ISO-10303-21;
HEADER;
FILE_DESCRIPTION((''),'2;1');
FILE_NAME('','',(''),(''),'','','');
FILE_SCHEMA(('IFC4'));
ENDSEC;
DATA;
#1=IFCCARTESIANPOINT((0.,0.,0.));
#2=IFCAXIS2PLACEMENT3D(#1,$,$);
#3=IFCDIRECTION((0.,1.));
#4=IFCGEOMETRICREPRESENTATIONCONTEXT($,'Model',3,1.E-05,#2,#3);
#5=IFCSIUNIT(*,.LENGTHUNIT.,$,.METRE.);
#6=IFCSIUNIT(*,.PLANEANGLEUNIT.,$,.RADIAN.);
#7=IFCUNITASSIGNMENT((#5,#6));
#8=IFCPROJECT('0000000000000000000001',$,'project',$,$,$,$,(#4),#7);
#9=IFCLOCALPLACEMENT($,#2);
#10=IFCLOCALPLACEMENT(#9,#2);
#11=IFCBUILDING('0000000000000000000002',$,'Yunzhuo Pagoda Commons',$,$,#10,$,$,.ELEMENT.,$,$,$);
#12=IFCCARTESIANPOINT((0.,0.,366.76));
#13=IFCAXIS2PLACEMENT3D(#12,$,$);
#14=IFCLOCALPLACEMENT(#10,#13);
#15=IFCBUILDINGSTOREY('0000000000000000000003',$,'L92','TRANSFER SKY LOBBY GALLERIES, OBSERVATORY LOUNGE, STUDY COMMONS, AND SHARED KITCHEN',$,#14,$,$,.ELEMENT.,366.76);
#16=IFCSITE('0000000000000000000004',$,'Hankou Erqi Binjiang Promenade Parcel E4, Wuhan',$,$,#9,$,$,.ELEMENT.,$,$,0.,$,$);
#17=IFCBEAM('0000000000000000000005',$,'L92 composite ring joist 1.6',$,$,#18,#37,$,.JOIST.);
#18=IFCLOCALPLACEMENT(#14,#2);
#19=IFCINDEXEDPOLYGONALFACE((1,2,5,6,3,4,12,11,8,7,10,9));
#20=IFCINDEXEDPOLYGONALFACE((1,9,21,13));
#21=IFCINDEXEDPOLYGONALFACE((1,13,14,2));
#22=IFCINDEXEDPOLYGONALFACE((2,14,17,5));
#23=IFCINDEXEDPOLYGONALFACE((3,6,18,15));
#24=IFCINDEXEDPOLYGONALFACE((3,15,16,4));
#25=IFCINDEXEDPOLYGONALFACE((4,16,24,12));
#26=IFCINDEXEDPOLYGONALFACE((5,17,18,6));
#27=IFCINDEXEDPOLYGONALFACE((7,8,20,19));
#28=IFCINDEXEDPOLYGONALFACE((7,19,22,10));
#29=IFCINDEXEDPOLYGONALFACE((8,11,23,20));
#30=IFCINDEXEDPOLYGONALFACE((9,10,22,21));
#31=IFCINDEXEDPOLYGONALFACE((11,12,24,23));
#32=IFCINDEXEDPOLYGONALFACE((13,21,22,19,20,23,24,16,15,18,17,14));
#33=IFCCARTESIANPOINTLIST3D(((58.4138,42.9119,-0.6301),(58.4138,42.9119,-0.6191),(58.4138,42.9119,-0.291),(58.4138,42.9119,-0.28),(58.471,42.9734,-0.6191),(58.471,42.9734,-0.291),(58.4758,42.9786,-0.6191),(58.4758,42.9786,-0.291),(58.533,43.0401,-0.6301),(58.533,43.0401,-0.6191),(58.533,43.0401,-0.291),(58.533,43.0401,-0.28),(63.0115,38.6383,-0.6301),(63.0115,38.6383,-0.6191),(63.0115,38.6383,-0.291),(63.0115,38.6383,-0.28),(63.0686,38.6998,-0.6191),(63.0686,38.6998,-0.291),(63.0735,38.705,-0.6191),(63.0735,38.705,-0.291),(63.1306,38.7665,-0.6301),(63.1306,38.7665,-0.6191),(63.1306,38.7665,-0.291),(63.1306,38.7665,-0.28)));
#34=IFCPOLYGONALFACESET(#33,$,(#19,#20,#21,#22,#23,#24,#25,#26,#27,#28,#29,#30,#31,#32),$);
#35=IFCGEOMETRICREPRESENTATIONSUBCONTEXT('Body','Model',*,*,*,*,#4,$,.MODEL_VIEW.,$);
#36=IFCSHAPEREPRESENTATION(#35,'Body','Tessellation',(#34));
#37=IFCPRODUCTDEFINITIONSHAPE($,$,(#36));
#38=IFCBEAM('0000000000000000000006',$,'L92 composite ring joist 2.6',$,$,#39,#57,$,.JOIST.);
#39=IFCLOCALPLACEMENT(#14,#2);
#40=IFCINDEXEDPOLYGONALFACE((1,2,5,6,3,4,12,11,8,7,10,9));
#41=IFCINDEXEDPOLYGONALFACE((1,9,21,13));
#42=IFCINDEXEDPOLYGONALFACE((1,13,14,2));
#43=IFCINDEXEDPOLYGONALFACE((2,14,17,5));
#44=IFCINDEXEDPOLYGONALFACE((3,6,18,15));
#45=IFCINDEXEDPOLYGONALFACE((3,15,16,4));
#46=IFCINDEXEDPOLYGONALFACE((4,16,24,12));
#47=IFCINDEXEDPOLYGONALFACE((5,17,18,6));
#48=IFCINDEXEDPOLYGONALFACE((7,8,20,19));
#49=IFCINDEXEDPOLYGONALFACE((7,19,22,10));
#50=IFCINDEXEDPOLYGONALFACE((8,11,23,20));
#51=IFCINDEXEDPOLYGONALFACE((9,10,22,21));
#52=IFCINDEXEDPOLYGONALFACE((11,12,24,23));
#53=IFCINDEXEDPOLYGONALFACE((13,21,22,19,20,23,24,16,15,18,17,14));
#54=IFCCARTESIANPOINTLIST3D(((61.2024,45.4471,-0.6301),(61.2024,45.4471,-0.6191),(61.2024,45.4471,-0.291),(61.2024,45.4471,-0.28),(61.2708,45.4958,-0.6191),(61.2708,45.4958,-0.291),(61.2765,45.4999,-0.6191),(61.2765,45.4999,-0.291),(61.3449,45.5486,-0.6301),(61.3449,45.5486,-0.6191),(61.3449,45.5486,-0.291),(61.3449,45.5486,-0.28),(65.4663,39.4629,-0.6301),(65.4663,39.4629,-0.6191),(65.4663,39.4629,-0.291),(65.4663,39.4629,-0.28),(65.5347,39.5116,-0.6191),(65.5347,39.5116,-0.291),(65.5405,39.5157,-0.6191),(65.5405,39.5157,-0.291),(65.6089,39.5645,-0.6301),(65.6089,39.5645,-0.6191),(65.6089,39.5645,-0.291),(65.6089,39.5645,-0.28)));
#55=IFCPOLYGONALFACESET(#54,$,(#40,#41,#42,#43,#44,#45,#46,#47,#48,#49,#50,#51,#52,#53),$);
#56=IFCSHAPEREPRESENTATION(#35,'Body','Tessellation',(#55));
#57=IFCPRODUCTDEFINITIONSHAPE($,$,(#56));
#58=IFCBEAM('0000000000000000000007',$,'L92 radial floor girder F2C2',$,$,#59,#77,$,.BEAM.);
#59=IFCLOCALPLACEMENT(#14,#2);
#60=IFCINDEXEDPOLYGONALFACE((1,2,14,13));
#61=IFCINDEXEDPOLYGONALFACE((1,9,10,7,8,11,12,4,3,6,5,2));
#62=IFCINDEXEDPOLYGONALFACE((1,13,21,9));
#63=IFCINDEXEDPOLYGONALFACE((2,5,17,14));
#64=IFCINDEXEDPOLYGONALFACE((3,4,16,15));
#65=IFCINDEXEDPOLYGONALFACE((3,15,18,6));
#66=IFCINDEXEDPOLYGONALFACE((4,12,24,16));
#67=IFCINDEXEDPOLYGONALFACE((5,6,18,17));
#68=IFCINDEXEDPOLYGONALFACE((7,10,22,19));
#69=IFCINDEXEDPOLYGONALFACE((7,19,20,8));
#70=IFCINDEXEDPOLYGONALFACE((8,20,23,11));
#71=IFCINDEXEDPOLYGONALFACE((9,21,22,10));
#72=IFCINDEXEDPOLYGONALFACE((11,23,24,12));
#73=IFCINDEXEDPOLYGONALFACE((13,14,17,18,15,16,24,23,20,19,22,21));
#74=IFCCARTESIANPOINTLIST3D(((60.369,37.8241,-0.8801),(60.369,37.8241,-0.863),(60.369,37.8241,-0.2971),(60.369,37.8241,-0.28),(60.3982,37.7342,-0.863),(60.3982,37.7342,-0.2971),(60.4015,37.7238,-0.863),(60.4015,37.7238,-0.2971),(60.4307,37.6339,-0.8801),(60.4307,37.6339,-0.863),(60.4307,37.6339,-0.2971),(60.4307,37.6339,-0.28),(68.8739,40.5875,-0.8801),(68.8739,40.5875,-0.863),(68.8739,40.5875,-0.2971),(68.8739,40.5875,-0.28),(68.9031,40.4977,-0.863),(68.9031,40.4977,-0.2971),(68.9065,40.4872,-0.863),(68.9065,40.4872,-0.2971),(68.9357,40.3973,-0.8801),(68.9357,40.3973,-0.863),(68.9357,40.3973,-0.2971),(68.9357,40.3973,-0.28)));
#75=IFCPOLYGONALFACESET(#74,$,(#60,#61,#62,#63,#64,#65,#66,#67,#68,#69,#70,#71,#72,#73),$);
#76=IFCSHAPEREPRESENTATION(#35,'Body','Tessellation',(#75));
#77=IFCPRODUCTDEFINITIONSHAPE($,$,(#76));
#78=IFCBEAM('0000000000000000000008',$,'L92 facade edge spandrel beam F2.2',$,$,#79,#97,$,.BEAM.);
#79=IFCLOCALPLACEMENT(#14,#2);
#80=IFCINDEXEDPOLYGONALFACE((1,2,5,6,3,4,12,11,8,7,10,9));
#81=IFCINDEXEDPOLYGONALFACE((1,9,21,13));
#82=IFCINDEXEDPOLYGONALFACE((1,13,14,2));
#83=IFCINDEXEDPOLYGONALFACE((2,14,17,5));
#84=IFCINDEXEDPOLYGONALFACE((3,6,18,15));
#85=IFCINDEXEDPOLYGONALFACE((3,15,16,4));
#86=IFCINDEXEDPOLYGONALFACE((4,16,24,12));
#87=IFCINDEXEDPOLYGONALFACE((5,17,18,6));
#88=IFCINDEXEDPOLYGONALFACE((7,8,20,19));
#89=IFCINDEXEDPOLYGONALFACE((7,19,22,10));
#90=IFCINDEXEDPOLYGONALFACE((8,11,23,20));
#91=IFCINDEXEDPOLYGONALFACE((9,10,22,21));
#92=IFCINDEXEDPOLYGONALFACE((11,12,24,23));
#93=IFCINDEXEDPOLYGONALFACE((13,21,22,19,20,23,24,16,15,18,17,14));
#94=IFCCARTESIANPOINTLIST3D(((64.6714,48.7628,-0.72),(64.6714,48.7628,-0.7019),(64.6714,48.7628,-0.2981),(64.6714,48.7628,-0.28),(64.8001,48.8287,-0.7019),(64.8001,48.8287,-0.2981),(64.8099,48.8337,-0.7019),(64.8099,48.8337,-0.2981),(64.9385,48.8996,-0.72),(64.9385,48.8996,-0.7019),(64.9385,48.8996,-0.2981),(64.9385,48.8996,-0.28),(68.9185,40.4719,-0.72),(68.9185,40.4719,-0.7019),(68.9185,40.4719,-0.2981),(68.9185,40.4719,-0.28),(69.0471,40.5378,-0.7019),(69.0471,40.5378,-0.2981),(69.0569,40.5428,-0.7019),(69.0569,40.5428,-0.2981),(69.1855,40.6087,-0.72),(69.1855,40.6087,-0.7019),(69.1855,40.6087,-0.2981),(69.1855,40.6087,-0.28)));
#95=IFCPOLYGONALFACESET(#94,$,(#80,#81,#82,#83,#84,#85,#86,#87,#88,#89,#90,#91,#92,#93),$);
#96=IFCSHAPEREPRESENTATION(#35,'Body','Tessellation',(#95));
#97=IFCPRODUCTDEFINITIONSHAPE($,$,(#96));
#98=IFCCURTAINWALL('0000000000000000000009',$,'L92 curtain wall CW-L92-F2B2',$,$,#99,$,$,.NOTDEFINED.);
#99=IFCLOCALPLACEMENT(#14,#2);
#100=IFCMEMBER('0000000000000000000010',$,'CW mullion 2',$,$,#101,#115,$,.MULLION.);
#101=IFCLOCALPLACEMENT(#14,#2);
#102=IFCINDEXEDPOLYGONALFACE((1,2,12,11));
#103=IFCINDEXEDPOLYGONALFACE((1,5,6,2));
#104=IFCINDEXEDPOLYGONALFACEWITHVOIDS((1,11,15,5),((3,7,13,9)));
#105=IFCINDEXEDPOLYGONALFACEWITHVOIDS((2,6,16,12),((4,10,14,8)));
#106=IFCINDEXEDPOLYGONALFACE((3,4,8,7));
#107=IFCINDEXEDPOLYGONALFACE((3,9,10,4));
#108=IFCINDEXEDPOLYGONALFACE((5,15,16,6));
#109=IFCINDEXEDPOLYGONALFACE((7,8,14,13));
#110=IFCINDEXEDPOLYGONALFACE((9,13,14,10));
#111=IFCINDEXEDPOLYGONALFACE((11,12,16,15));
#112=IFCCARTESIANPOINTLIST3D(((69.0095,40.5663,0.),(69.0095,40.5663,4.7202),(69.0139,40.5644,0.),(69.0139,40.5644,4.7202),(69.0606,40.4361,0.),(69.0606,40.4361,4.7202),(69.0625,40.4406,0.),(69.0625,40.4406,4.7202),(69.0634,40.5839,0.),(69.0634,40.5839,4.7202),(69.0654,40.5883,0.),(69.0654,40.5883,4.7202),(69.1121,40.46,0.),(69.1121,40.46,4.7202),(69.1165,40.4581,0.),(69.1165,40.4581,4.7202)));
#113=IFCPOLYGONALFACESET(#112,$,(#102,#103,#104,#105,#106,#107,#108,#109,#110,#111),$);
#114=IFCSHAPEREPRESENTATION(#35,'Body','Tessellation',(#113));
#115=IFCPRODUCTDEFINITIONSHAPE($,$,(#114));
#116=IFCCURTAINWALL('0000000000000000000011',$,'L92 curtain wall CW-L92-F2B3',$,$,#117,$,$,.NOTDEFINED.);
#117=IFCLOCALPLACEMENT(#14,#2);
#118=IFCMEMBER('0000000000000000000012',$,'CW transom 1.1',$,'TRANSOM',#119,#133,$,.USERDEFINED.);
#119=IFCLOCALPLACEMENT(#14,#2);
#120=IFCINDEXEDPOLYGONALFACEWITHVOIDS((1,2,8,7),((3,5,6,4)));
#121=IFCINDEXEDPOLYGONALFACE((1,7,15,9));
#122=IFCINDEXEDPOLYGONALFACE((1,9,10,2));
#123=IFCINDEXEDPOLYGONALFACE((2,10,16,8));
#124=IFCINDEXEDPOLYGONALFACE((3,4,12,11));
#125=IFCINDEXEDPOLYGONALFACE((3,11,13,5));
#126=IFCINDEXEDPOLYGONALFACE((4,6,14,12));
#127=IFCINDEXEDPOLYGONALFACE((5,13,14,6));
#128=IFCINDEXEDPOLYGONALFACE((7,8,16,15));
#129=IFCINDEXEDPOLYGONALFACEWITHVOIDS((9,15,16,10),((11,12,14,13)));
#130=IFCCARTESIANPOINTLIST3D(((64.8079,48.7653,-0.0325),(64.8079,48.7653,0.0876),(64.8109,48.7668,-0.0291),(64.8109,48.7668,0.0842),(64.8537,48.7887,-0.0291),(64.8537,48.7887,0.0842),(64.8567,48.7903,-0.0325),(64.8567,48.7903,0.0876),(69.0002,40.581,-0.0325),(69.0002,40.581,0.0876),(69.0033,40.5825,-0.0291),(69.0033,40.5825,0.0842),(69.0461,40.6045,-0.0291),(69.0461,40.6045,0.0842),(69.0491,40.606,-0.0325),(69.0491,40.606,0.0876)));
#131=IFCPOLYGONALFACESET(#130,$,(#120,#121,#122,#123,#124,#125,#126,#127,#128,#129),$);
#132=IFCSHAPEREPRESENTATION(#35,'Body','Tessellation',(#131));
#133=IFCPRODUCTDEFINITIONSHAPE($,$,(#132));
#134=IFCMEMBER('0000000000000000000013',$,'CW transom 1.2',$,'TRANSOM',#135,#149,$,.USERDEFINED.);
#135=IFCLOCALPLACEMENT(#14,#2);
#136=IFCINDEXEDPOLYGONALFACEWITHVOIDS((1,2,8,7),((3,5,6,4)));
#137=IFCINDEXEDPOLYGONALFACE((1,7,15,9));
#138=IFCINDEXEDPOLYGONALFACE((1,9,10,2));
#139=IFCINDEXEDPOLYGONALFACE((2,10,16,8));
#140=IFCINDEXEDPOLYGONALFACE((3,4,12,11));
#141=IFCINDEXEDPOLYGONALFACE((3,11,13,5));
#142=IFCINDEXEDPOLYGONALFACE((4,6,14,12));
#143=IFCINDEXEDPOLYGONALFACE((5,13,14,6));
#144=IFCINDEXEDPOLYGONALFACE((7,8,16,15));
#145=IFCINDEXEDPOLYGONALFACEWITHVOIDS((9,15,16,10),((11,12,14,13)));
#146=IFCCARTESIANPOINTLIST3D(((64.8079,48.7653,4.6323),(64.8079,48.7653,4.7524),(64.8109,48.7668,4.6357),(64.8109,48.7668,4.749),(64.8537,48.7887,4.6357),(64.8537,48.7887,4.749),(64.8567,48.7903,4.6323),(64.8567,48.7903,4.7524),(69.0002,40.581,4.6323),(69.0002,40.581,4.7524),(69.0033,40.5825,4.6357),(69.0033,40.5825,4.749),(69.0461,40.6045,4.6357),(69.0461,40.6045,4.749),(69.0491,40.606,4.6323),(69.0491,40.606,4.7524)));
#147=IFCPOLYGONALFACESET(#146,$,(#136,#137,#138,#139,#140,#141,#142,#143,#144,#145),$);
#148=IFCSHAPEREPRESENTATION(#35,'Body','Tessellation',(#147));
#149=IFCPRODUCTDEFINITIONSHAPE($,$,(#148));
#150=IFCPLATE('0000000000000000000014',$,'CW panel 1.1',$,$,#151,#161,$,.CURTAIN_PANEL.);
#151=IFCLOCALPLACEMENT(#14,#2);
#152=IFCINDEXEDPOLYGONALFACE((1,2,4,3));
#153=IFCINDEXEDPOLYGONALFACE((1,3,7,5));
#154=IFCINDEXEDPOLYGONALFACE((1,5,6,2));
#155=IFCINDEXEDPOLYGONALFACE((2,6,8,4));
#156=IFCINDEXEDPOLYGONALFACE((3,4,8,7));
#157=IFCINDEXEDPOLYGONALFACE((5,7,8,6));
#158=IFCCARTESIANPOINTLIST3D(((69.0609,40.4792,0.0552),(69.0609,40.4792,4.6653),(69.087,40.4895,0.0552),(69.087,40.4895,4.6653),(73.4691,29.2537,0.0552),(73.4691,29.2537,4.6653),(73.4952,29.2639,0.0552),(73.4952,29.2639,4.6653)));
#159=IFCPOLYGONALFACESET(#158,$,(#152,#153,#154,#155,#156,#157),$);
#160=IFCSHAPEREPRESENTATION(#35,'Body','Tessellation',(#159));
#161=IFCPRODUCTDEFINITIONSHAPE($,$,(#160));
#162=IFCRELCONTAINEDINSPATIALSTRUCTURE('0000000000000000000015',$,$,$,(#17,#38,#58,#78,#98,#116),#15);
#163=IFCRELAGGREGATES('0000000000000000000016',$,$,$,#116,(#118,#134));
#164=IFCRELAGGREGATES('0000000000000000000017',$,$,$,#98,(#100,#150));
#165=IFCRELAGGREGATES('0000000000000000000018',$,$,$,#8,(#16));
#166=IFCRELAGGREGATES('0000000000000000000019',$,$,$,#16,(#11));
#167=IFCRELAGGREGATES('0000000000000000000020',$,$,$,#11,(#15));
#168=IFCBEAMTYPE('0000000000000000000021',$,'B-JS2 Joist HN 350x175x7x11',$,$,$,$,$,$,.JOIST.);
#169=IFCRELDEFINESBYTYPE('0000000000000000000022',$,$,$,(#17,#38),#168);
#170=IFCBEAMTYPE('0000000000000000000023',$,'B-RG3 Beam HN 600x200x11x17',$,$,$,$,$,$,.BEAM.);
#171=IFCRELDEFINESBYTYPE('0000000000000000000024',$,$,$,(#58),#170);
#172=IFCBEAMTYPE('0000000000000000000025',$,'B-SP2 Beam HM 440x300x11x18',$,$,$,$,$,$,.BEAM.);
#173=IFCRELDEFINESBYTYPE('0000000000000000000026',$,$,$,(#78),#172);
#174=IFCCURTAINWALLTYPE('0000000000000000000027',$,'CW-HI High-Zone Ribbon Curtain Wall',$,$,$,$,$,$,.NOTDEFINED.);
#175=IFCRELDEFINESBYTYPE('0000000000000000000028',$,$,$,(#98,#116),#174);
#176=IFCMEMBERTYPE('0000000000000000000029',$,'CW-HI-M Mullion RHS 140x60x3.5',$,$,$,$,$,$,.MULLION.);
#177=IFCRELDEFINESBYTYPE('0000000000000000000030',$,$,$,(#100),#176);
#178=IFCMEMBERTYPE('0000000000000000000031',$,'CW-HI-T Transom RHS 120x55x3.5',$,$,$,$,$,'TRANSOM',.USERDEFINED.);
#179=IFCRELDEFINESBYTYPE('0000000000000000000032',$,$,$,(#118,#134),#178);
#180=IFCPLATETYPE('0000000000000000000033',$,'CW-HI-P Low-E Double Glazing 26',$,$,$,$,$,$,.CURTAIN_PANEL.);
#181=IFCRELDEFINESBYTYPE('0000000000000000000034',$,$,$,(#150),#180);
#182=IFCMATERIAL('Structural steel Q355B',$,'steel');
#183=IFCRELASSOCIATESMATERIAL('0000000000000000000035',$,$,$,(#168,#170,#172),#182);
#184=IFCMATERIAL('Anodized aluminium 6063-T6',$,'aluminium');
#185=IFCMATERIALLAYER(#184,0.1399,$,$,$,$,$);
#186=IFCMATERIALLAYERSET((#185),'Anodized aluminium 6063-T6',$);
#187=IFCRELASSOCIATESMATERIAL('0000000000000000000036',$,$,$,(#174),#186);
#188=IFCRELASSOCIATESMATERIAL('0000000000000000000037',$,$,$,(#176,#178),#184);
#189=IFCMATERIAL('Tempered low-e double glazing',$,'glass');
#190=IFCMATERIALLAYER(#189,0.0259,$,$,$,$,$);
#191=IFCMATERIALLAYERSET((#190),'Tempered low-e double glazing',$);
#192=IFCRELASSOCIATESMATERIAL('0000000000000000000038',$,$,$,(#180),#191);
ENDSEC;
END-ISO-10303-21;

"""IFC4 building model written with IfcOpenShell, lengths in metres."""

from ifc_helpers import new_model, si_unit, direction, frame, origin, origin_2d, place, context, subcontext, project, spatial, rectangle, hollow_rectangle, i_section, extrude, source, transform, mapped, material, layer, layer_set, material_profile, profile_set, type_object, element, aggregate, save


model = new_model("IFC4")

# Units and contexts
model_context = context("Model", 3, precision=1e-05, world=origin(), true_north=direction((0.0, 1.0)))
body_context = subcontext(model_context, "Body", "Model", "MODEL_VIEW")
ifc_project = project(units=[si_unit("LENGTHUNIT", "METRE"), si_unit("PLANEANGLEUNIT", "RADIAN")], contexts=[model_context])

# Site, building, storey
site_placement = place(None, origin())
site = spatial("IfcSite", under=ifc_project, at=site_placement, Name="Hankou Erqi Binjiang Promenade Parcel E4, Wuhan", CompositionType="ELEMENT", RefElevation=0.0)
building_placement = place(site_placement, origin())
building = spatial("IfcBuilding", under=site, at=building_placement, Name="Yunzhuo Pagoda Commons", CompositionType="ELEMENT")
storey_placement = place(building_placement, frame((0.0, 0.0, 366.76)))
storey = spatial("IfcBuildingStorey", under=building, at=storey_placement, Name="L92", Description="TRANSFER SKY LOBBY GALLERIES, OBSERVATORY LOUNGE, STUDY COMMONS, AND SHARED KITCHEN", CompositionType="ELEMENT", Elevation=366.76)

# Shared definitions
ifc_material_1 = material(Name="Structural steel Q355B", Category="steel")

# Beams
ifc_material_profile_1 = material_profile(ifc_material_1, i_section(OverallWidth=0.175, OverallDepth=0.3501, WebThickness=0.0071, FlangeThickness=0.011, at=origin_2d()), Name="Structural steel Q355B")
ifc_profile_set_1 = profile_set([ifc_material_profile_1], Name="Structural steel Q355B")
beam_type_1 = type_object("IfcBeamType", Name="B-JS2 Joist HN 350x175x7x11", PredefinedType="JOIST", material=ifc_profile_set_1)
ifc_material_profile_2 = material_profile(ifc_material_1, i_section(OverallWidth=0.2, OverallDepth=0.6001, WebThickness=0.011, FlangeThickness=0.0171, at=origin_2d()), Name="Structural steel Q355B")
ifc_profile_set_2 = profile_set([ifc_material_profile_2], Name="Structural steel Q355B")
beam_type_2 = type_object("IfcBeamType", Name="B-RG3 Beam HN 600x200x11x17", PredefinedType="BEAM", material=ifc_profile_set_2)
shared_shape_1 = source(origin(), body_context, "Body", "SweptSolid", [
    extrude(i_section(OverallWidth=0.175, OverallDepth=0.3501, WebThickness=0.0071, FlangeThickness=0.011, at=origin_2d()), origin(), (0.0, 0.0, 1.0), 6.2771),
])
beam_1_placement = place(storey_placement, frame((63.071, 38.7024, -0.4551), z_axis=(-0.732442, 0.68083, 0.0), x_axis=(-0.68083, -0.732442, 0.0)))
element("IfcBeam", 1, at=beam_1_placement, inside=storey, type_object=beam_type_1, Name="L92 composite ring joist 1.6", PredefinedType="JOIST", context=body_context, shape_type="MappedRepresentation", body=[
    mapped(shared_shape_1, transform((0.0, 0.0, 0.0), scale=1.0)),
])
shared_shape_2 = source(origin(), body_context, "Body", "SweptSolid", [
    extrude(i_section(OverallWidth=0.175, OverallDepth=0.3501, WebThickness=0.0071, FlangeThickness=0.011, at=origin_2d()), origin(), (0.0, 0.0, 1.0), 7.3479),
])
beam_2_placement = place(storey_placement, frame((65.5376, 39.5137, -0.4551), z_axis=(-0.580295, 0.814406, 0.0), x_axis=(-0.814406, -0.580295, 0.0)))
element("IfcBeam", 2, at=beam_2_placement, inside=storey, type_object=beam_type_1, Name="L92 composite ring joist 2.6", PredefinedType="JOIST", context=body_context, shape_type="MappedRepresentation", body=[
    mapped(shared_shape_2, transform((0.0, 0.0, 0.0), scale=1.0)),
])
shared_shape_3 = source(origin(), body_context, "Body", "SweptSolid", [
    extrude(i_section(OverallWidth=0.2, OverallDepth=0.6001, WebThickness=0.011, FlangeThickness=0.0171, at=origin_2d()), origin(), (0.0, 0.0, 1.0), 8.9426),
])
beam_3_placement = place(storey_placement, frame((68.9048, 40.4924, -0.5801), z_axis=(-0.951056, -0.309019, 0.0), x_axis=(0.309019, -0.951056, 0.0)))
element("IfcBeam", 3, at=beam_3_placement, inside=storey, type_object=beam_type_2, Name="L92 radial floor girder F2C2", PredefinedType="BEAM", context=body_context, shape_type="MappedRepresentation", body=[
    mapped(shared_shape_3, transform((0.0, 0.0, 0.0), scale=1.0)),
])
ifc_material_profile_3 = material_profile(ifc_material_1, i_section(OverallWidth=0.3, OverallDepth=0.4399, WebThickness=0.011, FlangeThickness=0.0181, at=origin_2d()), Name="Structural steel Q355B")
ifc_profile_set_3 = profile_set([ifc_material_profile_3], Name="Structural steel Q355B")
beam_type_3 = type_object("IfcBeamType", Name="B-SP2 Beam HM 440x300x11x18", PredefinedType="BEAM", material=ifc_profile_set_3)
shared_shape_4 = source(origin(), body_context, "Body", "SweptSolid", [
    extrude(i_section(OverallWidth=0.3, OverallDepth=0.4399, WebThickness=0.011, FlangeThickness=0.0181, at=origin_2d()), origin(), (0.0, 0.0, 1.0), 9.3154),
])
beam_4_placement = place(storey_placement, frame((69.052, 40.5403, -0.5), z_axis=(-0.455914, 0.890024, 0.0), x_axis=(-0.890024, -0.455914, 0.0)))
element("IfcBeam", 4, at=beam_4_placement, inside=storey, type_object=beam_type_3, Name="L92 facade edge spandrel beam F2.2", PredefinedType="BEAM", context=body_context, shape_type="MappedRepresentation", body=[
    mapped(shared_shape_4, transform((0.0, 0.0, 0.0), scale=1.0)),
])

# Curtain wall, member
ifc_material_2 = material(Name="Anodized aluminium 6063-T6", Category="aluminium")
ifc_layer_1 = layer(ifc_material_2, 0.1399)
ifc_layer_set_1 = layer_set([ifc_layer_1], Name="Anodized aluminium 6063-T6")
curtain_wall_type = type_object("IfcCurtainWallType", Name="CW-HI High-Zone Ribbon Curtain Wall", PredefinedType="NOTDEFINED", material=ifc_layer_set_1)
curtain_wall_1_placement = place(storey_placement, origin())
curtain_wall_1 = element("IfcCurtainWall", 5, at=curtain_wall_1_placement, inside=storey, type_object=curtain_wall_type, Name="L92 curtain wall CW-L92-F2B2", PredefinedType="NOTDEFINED")
ifc_material_profile_4 = material_profile(ifc_material_2, hollow_rectangle(XDim=0.0601, YDim=0.1399, WallThickness=0.0034, at=origin_2d()), Name="Anodized aluminium 6063-T6")
ifc_profile_set_4 = profile_set([ifc_material_profile_4], Name="Anodized aluminium 6063-T6")
member_type_1 = type_object("IfcMemberType", Name="CW-HI-M Mullion RHS 140x60x3.5", PredefinedType="MULLION", material=ifc_profile_set_4)
shared_shape_5 = source(origin(), body_context, "Body", "SweptSolid", [
    extrude(hollow_rectangle(XDim=0.0601, YDim=0.1399, WallThickness=0.0034, at=origin_2d()), origin(), (0.0, 0.0, 1.0), 4.7202),
])
member_1_placement = place(storey_placement, frame((69.063, 40.5122, 0.0), z_axis=(0.0, 0.0, 1.0), x_axis=(-0.930803, -0.365522, 0.0)))
member_1 = element("IfcMember", 6, at=member_1_placement, type_object=member_type_1, Name="CW mullion 2", PredefinedType="MULLION", context=body_context, shape_type="MappedRepresentation", body=[
    mapped(shared_shape_5, transform((0.0, 0.0, 0.0), scale=1.0)),
])

# Curtain wall, members
curtain_wall_2_placement = place(storey_placement, origin())
curtain_wall_2 = element("IfcCurtainWall", 7, at=curtain_wall_2_placement, inside=storey, type_object=curtain_wall_type, Name="L92 curtain wall CW-L92-F2B3", PredefinedType="NOTDEFINED")
ifc_material_profile_5 = material_profile(ifc_material_2, hollow_rectangle(XDim=0.0549, YDim=0.1201, WallThickness=0.0034, at=origin_2d()), Name="Anodized aluminium 6063-T6")
ifc_profile_set_5 = profile_set([ifc_material_profile_5], Name="Anodized aluminium 6063-T6")
member_type_2 = type_object("IfcMemberType", Name="CW-HI-T Transom RHS 120x55x3.5", ElementType="TRANSOM", PredefinedType="USERDEFINED", material=ifc_profile_set_5)
shared_shape_6 = source(origin(), body_context, "Body", "SweptSolid", [
    extrude(hollow_rectangle(XDim=0.0549, YDim=0.1201, WallThickness=0.0034, at=origin_2d()), origin(), (0.0, 0.0, 1.0), 9.1956),
])
member_2_placement = place(storey_placement, frame((69.0247, 40.5935, 0.0276), z_axis=(-0.455911, 0.890025, 0.0), x_axis=(-0.890025, -0.455911, 0.0)))
member_2 = element("IfcMember", 8, at=member_2_placement, type_object=member_type_2, Name="CW transom 1.1", ObjectType="TRANSOM", PredefinedType="USERDEFINED", context=body_context, shape_type="MappedRepresentation", body=[
    mapped(shared_shape_6, transform((0.0, 0.0, 0.0), scale=1.0)),
])
member_3_placement = place(storey_placement, frame((69.0247, 40.5935, 4.6924), z_axis=(-0.455911, 0.890025, 0.0), x_axis=(-0.890025, -0.455911, 0.0)))
member_3 = element("IfcMember", 9, at=member_3_placement, type_object=member_type_2, Name="CW transom 1.2", ObjectType="TRANSOM", PredefinedType="USERDEFINED", context=body_context, shape_type="MappedRepresentation", body=[
    mapped(shared_shape_6, transform((0.0, 0.0, 0.0), scale=1.0)),
])
aggregate(curtain_wall_2, [member_2, member_3])

# Plate
ifc_material_3 = material(Name="Tempered low-e double glazing", Category="glass")
ifc_layer_2 = layer(ifc_material_3, 0.0259)
ifc_layer_set_2 = layer_set([ifc_layer_2], Name="Tempered low-e double glazing")
plate_type = type_object("IfcPlateType", Name="CW-HI-P Low-E Double Glazing 26", PredefinedType="CURTAIN_PANEL", material=ifc_layer_set_2)
shared_shape_7 = source(origin(), body_context, "Body", "SweptSolid", [
    extrude(rectangle(XDim=12.0601, YDim=0.0281, at=origin_2d()), origin(), (0.0, 0.0, 1.0), 4.6101),
])
plate_placement = place(storey_placement, frame((71.2781, 34.8716, 0.0552), z_axis=(0.0, 0.0, 1.0), x_axis=(-0.365522, 0.930803, 0.0)))
plate = element("IfcPlate", 10, at=plate_placement, type_object=plate_type, Name="CW panel 1.1", PredefinedType="CURTAIN_PANEL", context=body_context, shape_type="MappedRepresentation", body=[
    mapped(shared_shape_7, transform((0.0, 0.0, 0.0), scale=1.0)),
])
aggregate(curtain_wall_1, [member_1, plate])

save(model, "model.ifc")
